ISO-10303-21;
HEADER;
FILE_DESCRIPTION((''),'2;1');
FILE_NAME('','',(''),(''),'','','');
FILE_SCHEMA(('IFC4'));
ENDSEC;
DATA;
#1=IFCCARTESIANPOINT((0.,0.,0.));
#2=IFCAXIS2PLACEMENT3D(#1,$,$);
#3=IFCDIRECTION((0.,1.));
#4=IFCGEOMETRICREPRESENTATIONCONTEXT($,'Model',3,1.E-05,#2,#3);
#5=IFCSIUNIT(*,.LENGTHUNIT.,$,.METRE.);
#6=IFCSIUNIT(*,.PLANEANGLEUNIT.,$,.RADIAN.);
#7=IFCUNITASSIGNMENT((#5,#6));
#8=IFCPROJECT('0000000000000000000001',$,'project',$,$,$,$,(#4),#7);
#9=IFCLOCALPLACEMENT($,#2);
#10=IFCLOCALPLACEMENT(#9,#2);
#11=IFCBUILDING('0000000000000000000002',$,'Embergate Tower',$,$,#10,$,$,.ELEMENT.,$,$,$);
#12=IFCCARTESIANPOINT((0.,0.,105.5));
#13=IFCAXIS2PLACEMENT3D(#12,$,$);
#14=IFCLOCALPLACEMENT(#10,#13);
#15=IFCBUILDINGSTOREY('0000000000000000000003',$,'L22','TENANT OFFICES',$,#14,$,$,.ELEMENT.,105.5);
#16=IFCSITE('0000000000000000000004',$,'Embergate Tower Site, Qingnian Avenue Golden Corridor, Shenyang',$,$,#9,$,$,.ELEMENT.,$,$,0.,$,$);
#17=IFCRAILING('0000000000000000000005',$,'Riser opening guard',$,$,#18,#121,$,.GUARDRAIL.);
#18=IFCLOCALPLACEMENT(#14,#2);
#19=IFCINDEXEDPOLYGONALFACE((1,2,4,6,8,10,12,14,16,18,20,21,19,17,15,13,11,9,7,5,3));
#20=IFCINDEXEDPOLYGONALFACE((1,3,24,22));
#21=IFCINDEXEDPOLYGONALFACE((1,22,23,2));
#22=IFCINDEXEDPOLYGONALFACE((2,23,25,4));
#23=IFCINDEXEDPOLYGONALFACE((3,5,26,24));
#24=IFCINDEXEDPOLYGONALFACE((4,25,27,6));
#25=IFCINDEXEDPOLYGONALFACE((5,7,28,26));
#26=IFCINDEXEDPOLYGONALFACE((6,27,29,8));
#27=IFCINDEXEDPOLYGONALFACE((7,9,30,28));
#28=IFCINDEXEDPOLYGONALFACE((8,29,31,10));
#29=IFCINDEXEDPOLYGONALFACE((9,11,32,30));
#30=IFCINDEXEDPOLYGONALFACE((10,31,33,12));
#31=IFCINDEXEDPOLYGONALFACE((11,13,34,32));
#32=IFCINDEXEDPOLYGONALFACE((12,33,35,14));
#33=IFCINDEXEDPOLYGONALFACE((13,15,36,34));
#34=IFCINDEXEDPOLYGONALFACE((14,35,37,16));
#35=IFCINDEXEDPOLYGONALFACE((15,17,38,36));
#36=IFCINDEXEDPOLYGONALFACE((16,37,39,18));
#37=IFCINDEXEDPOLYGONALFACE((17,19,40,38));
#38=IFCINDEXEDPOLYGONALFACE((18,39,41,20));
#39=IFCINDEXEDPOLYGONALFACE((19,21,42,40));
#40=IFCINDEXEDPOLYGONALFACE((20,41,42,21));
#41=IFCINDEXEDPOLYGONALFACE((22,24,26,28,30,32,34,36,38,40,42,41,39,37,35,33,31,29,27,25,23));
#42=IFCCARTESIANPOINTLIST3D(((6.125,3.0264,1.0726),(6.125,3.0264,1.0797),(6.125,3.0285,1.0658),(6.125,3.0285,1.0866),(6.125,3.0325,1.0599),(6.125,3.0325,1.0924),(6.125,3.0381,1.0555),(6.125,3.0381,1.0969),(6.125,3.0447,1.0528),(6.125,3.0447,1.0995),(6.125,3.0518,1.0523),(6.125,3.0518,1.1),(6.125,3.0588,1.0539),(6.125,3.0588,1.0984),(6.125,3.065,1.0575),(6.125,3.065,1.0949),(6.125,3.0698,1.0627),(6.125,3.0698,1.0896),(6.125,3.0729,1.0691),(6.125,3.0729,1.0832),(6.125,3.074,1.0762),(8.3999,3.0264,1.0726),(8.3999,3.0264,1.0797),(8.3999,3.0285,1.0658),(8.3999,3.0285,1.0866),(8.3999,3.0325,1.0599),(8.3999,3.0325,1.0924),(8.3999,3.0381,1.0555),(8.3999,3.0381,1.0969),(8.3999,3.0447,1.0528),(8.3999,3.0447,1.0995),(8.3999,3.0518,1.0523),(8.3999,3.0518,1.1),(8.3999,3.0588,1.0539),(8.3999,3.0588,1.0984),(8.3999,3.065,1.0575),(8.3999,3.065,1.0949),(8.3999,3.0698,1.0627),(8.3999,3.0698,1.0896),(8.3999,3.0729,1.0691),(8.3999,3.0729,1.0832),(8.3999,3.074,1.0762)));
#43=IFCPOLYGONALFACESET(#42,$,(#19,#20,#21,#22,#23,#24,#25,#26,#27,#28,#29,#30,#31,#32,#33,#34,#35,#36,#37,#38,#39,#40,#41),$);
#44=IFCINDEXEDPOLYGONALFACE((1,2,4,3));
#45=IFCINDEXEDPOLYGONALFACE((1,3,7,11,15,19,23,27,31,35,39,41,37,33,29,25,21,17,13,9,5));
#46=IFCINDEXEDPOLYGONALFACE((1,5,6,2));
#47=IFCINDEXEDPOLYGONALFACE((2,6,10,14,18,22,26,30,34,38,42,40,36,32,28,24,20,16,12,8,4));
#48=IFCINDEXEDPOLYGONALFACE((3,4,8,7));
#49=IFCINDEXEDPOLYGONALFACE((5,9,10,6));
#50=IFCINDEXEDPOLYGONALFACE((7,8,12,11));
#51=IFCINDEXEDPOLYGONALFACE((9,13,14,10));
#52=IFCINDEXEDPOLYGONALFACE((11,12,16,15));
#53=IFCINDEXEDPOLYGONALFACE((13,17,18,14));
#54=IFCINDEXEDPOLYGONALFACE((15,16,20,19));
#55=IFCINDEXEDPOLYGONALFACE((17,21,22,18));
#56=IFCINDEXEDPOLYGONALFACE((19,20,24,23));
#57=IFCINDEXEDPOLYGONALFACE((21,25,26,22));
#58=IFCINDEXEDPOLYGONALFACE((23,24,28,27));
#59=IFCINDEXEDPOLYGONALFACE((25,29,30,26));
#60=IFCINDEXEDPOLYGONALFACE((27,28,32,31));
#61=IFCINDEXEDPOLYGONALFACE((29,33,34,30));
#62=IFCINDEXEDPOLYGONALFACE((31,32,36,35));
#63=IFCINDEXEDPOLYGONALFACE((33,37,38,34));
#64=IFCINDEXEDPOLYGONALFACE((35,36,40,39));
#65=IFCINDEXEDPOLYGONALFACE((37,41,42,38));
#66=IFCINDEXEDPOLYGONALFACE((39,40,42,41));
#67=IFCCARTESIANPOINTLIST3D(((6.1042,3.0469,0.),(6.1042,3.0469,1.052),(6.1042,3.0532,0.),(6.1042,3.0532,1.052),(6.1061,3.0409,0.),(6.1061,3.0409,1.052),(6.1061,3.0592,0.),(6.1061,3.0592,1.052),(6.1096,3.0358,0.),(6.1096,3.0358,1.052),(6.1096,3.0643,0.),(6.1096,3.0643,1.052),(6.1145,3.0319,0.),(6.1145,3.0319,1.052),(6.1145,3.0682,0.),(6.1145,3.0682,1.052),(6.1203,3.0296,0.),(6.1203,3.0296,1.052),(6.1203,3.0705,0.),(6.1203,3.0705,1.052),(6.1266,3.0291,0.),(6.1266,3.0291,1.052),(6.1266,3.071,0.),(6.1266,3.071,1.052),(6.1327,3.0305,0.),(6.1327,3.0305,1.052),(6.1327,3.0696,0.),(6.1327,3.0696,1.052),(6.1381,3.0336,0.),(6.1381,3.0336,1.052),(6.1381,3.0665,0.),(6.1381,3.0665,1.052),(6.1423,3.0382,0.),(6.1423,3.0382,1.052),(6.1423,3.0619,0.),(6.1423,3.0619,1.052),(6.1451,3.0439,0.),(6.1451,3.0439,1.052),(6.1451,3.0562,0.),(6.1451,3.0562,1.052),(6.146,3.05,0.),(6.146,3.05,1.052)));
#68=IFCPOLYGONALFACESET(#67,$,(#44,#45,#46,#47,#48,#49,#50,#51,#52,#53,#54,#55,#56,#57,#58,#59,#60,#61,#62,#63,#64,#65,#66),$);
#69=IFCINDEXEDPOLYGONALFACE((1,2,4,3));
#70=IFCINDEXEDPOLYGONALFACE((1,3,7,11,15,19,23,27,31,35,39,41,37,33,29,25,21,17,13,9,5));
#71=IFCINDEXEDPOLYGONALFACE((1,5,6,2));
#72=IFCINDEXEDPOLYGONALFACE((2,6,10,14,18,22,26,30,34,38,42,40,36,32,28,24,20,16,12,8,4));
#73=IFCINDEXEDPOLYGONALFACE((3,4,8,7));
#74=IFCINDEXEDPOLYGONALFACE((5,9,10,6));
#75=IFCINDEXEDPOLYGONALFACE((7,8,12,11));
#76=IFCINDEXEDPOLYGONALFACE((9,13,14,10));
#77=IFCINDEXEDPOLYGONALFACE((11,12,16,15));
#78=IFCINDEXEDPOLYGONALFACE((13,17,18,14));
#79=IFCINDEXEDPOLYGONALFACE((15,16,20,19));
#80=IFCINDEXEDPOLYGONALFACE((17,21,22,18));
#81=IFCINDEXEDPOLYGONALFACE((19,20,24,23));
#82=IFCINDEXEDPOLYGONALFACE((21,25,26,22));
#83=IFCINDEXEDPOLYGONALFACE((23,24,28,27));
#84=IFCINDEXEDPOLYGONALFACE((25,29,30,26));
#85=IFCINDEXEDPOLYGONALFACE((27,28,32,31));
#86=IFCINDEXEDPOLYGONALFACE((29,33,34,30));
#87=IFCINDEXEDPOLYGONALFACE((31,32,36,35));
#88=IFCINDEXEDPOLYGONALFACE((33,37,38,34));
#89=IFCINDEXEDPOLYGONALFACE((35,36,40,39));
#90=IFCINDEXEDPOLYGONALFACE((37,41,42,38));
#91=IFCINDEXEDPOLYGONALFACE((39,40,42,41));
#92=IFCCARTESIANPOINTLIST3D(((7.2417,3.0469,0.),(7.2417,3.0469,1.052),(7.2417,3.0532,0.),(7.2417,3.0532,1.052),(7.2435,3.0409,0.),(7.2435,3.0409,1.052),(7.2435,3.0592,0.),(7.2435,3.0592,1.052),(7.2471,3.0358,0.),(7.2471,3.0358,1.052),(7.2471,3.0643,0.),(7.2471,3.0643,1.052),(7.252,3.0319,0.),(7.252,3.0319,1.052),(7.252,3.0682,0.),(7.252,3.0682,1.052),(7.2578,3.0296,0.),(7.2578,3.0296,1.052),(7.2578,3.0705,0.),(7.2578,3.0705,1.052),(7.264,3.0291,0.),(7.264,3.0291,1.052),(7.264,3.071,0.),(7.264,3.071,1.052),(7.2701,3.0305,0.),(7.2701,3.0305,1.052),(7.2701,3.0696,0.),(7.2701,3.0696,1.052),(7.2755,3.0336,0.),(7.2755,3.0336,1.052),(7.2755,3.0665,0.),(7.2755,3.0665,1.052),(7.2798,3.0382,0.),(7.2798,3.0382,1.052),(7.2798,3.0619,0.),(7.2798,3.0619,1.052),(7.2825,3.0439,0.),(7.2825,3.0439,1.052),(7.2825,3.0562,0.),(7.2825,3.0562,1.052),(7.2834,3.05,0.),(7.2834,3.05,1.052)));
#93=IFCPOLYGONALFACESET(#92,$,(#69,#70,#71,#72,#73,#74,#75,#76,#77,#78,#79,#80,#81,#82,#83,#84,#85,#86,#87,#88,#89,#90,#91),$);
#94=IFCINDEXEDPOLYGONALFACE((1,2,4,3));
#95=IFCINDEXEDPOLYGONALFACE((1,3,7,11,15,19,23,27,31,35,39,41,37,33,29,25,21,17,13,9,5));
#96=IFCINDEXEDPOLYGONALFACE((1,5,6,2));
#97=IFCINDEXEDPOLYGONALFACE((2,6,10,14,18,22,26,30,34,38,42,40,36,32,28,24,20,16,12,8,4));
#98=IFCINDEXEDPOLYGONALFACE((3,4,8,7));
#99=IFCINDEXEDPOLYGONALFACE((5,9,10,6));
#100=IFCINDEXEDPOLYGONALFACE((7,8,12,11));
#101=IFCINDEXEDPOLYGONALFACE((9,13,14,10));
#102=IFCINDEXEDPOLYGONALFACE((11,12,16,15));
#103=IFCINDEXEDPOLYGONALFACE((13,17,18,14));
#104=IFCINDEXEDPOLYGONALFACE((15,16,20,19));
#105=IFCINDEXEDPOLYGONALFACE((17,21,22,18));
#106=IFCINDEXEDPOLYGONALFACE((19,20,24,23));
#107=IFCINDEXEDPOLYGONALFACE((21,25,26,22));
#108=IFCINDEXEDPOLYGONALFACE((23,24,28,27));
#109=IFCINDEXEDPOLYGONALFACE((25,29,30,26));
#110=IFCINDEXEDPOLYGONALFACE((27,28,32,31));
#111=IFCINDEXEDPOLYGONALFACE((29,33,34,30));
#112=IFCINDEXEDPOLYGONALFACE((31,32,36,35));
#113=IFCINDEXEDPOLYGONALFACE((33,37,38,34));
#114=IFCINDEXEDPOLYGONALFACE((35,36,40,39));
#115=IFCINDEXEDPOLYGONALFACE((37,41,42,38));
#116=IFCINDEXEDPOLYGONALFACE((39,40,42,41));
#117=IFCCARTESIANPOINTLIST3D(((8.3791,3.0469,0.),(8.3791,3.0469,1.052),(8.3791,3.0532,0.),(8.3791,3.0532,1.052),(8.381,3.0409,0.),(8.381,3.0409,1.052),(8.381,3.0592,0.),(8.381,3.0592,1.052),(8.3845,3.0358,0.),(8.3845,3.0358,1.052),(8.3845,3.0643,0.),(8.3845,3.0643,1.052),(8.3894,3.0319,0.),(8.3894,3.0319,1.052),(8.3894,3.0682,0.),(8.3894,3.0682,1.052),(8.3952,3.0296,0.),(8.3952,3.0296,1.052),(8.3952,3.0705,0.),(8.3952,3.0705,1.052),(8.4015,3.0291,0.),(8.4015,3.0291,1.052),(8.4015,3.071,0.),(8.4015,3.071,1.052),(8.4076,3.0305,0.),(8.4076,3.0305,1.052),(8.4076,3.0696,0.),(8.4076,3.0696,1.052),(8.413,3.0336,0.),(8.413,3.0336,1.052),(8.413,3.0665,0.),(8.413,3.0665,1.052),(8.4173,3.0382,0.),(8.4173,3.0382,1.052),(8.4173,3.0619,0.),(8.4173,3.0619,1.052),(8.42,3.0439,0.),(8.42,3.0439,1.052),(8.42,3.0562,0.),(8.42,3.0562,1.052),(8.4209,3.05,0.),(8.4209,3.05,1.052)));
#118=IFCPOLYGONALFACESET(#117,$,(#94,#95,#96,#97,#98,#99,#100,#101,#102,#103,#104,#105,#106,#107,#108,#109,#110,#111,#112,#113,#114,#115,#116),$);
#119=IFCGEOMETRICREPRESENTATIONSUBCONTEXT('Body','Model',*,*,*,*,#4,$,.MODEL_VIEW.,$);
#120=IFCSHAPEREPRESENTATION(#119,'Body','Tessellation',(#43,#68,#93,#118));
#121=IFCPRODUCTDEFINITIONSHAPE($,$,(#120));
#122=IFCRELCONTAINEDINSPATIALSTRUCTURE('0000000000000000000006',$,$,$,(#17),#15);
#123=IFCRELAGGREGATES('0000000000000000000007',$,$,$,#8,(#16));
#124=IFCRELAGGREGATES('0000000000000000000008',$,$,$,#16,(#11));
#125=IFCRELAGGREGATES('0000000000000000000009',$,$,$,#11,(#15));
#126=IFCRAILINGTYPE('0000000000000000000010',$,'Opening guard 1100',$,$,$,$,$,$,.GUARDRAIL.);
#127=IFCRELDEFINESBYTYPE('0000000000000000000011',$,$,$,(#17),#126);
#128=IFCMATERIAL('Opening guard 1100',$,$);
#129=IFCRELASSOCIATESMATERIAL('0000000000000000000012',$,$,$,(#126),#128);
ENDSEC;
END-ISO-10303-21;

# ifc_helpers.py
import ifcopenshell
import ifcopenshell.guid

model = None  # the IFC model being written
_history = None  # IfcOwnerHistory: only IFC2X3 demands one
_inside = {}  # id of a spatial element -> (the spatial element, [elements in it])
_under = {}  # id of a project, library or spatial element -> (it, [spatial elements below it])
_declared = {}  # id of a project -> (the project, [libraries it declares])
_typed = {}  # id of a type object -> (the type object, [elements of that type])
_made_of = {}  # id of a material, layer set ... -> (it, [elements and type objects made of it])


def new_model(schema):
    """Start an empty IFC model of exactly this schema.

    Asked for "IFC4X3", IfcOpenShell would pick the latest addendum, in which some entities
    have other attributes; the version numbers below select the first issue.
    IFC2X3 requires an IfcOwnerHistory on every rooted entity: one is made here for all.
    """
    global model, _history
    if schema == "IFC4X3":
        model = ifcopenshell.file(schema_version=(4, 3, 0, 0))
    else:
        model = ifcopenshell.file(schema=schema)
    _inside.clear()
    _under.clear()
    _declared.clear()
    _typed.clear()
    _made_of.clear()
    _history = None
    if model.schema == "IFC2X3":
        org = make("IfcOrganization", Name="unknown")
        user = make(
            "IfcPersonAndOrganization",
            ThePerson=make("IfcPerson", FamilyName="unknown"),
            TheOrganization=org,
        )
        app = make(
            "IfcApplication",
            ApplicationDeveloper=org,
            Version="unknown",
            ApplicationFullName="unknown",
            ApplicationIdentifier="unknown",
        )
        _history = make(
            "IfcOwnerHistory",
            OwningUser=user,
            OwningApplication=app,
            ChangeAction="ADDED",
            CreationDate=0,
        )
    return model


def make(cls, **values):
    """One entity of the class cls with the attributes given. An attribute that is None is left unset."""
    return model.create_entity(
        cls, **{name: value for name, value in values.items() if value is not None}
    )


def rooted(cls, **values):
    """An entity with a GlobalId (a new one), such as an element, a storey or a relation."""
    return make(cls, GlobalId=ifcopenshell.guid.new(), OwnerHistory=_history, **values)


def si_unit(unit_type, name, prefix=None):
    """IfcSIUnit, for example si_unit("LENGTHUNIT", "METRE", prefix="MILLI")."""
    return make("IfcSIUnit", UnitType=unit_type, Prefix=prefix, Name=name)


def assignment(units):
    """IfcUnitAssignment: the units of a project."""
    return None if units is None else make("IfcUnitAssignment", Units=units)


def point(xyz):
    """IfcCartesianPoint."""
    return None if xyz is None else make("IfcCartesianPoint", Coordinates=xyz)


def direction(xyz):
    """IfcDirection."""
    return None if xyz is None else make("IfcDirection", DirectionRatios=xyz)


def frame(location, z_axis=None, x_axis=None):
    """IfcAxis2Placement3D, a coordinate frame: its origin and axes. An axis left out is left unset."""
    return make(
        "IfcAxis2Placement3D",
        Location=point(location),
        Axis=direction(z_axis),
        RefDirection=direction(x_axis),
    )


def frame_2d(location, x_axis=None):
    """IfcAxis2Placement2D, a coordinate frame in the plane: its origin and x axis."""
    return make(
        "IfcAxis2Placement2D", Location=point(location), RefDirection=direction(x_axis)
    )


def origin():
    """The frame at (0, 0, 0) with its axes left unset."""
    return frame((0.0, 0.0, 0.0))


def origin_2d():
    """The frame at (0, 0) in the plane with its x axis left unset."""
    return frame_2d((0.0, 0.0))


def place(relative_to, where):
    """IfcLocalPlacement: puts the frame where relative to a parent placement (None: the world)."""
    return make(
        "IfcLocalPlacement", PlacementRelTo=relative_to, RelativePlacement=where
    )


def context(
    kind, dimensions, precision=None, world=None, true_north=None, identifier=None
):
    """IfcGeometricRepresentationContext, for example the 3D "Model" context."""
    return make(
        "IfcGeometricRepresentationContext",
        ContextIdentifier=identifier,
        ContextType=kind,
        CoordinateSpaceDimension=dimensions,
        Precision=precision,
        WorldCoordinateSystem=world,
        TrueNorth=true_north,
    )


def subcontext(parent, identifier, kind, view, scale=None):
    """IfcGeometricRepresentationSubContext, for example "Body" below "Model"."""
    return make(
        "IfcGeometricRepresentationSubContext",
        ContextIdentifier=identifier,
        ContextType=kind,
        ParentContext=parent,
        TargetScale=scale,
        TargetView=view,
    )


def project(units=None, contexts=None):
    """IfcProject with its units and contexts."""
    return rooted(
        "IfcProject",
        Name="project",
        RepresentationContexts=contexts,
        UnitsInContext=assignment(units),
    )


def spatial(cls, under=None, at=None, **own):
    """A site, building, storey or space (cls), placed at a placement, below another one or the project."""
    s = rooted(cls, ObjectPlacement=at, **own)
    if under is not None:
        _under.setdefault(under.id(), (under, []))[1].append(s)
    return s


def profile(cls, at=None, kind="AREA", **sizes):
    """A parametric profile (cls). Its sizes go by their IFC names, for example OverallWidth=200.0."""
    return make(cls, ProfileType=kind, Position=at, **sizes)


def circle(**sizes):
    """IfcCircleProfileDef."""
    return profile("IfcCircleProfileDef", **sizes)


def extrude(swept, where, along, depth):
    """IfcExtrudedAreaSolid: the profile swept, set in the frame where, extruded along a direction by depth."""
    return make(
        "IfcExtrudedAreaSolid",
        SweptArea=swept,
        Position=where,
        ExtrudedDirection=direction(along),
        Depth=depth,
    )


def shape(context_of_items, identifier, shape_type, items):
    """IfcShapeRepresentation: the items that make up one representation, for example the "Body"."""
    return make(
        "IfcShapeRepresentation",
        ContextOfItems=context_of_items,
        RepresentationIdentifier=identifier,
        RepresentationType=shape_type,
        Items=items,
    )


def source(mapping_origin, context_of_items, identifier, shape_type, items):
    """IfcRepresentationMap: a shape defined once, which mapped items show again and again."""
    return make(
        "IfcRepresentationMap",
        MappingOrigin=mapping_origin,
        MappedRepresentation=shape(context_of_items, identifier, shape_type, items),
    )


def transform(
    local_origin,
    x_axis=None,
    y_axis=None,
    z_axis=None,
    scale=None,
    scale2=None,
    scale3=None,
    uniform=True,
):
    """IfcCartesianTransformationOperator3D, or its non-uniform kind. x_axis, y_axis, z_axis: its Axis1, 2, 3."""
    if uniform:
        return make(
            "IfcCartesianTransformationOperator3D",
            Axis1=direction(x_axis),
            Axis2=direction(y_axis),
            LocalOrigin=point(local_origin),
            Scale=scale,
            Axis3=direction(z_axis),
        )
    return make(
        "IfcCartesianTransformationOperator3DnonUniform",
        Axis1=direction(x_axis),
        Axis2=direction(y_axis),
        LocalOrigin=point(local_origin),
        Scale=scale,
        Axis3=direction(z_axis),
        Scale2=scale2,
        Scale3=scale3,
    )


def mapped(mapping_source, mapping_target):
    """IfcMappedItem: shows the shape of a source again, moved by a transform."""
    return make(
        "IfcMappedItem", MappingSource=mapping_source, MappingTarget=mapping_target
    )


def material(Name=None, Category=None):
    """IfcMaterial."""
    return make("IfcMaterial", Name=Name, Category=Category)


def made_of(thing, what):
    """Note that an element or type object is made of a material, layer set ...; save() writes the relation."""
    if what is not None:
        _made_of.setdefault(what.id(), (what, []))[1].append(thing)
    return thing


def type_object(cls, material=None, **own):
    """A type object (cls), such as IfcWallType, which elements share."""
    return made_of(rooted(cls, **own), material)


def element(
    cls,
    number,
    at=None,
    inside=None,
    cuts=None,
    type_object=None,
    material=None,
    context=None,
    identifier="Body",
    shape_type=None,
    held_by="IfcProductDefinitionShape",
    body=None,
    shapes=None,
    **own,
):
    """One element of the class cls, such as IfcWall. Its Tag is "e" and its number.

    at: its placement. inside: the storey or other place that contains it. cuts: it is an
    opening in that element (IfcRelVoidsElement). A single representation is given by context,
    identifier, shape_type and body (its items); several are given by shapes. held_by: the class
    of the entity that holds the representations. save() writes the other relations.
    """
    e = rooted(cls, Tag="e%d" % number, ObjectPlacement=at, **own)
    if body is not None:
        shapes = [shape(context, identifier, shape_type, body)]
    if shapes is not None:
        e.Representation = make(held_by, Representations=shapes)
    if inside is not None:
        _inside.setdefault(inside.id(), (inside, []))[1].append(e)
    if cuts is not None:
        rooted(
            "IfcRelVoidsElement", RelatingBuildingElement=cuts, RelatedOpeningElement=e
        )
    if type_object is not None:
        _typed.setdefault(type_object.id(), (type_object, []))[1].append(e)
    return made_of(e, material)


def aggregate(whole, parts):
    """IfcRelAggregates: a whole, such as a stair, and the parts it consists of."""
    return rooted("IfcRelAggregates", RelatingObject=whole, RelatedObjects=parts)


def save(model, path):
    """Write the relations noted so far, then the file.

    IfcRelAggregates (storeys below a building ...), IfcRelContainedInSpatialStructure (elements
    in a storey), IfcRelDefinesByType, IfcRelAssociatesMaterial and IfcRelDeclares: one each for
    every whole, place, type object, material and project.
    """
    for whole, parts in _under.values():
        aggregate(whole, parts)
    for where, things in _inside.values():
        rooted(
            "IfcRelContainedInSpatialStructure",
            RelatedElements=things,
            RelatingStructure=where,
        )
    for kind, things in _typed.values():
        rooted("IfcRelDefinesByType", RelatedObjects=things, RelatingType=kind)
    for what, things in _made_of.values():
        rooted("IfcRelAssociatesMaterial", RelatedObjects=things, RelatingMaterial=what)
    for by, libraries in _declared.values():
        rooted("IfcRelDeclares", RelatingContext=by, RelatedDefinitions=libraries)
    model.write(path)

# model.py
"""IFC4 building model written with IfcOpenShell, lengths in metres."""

from ifc_helpers import new_model, si_unit, direction, frame, origin, origin_2d, place, context, subcontext, project, spatial, circle, extrude, source, transform, mapped, material, type_object, element, save


model = new_model("IFC4")

# Units and contexts
model_context = context("Model", 3, precision=1e-05, world=origin(), true_north=direction((0.0, 1.0)))
body_context = subcontext(model_context, "Body", "Model", "MODEL_VIEW")
ifc_project = project(units=[si_unit("LENGTHUNIT", "METRE"), si_unit("PLANEANGLEUNIT", "RADIAN")], contexts=[model_context])

# Site, building, storey
site_placement = place(None, origin())
site = spatial("IfcSite", under=ifc_project, at=site_placement, Name="Embergate Tower Site, Qingnian Avenue Golden Corridor, Shenyang", CompositionType="ELEMENT", RefElevation=0.0)
building_placement = place(site_placement, origin())
building = spatial("IfcBuilding", under=site, at=building_placement, Name="Embergate Tower", CompositionType="ELEMENT")
storey_placement = place(building_placement, frame((0.0, 0.0, 105.5)))
storey = spatial("IfcBuildingStorey", under=building, at=storey_placement, Name="L22", Description="TENANT OFFICES", CompositionType="ELEMENT", Elevation=105.5)

# Railing
ifc_material_1 = material(Name="Opening guard 1100")
railing_type_1 = type_object("IfcRailingType", Name="Opening guard 1100", PredefinedType="GUARDRAIL", material=ifc_material_1)
shared_shape_1 = source(origin(), body_context, "Body", "SweptSolid", [
    extrude(circle(Radius=0.0239, at=origin_2d()), frame((0.0, 0.0, 1.0762), z_axis=(1.0, 0.0, 0.0), x_axis=(0.0, 1.0, 0.0)), (0.0, 0.0, 1.0), 2.2749),
    extrude(circle(Radius=0.021, at=origin_2d()), origin(), (0.0, 0.0, 1.0), 1.052),
    extrude(circle(Radius=0.021, at=origin_2d()), frame((1.1375, 0.0, 0.0)), (0.0, 0.0, 1.0), 1.052),
    extrude(circle(Radius=0.021, at=origin_2d()), frame((2.2749, 0.0, 0.0)), (0.0, 0.0, 1.0), 1.052),
])
railing_1_placement = place(storey_placement, frame((6.125, 3.05, 0.0)))
element("IfcRailing", 1, at=railing_1_placement, inside=storey, type_object=railing_type_1, Name="Riser opening guard", PredefinedType="GUARDRAIL", context=body_context, shape_type="MappedRepresentation", body=[
    mapped(shared_shape_1, transform((0.0, 0.0, 0.0))),
])

save(model, "model.ifc")
